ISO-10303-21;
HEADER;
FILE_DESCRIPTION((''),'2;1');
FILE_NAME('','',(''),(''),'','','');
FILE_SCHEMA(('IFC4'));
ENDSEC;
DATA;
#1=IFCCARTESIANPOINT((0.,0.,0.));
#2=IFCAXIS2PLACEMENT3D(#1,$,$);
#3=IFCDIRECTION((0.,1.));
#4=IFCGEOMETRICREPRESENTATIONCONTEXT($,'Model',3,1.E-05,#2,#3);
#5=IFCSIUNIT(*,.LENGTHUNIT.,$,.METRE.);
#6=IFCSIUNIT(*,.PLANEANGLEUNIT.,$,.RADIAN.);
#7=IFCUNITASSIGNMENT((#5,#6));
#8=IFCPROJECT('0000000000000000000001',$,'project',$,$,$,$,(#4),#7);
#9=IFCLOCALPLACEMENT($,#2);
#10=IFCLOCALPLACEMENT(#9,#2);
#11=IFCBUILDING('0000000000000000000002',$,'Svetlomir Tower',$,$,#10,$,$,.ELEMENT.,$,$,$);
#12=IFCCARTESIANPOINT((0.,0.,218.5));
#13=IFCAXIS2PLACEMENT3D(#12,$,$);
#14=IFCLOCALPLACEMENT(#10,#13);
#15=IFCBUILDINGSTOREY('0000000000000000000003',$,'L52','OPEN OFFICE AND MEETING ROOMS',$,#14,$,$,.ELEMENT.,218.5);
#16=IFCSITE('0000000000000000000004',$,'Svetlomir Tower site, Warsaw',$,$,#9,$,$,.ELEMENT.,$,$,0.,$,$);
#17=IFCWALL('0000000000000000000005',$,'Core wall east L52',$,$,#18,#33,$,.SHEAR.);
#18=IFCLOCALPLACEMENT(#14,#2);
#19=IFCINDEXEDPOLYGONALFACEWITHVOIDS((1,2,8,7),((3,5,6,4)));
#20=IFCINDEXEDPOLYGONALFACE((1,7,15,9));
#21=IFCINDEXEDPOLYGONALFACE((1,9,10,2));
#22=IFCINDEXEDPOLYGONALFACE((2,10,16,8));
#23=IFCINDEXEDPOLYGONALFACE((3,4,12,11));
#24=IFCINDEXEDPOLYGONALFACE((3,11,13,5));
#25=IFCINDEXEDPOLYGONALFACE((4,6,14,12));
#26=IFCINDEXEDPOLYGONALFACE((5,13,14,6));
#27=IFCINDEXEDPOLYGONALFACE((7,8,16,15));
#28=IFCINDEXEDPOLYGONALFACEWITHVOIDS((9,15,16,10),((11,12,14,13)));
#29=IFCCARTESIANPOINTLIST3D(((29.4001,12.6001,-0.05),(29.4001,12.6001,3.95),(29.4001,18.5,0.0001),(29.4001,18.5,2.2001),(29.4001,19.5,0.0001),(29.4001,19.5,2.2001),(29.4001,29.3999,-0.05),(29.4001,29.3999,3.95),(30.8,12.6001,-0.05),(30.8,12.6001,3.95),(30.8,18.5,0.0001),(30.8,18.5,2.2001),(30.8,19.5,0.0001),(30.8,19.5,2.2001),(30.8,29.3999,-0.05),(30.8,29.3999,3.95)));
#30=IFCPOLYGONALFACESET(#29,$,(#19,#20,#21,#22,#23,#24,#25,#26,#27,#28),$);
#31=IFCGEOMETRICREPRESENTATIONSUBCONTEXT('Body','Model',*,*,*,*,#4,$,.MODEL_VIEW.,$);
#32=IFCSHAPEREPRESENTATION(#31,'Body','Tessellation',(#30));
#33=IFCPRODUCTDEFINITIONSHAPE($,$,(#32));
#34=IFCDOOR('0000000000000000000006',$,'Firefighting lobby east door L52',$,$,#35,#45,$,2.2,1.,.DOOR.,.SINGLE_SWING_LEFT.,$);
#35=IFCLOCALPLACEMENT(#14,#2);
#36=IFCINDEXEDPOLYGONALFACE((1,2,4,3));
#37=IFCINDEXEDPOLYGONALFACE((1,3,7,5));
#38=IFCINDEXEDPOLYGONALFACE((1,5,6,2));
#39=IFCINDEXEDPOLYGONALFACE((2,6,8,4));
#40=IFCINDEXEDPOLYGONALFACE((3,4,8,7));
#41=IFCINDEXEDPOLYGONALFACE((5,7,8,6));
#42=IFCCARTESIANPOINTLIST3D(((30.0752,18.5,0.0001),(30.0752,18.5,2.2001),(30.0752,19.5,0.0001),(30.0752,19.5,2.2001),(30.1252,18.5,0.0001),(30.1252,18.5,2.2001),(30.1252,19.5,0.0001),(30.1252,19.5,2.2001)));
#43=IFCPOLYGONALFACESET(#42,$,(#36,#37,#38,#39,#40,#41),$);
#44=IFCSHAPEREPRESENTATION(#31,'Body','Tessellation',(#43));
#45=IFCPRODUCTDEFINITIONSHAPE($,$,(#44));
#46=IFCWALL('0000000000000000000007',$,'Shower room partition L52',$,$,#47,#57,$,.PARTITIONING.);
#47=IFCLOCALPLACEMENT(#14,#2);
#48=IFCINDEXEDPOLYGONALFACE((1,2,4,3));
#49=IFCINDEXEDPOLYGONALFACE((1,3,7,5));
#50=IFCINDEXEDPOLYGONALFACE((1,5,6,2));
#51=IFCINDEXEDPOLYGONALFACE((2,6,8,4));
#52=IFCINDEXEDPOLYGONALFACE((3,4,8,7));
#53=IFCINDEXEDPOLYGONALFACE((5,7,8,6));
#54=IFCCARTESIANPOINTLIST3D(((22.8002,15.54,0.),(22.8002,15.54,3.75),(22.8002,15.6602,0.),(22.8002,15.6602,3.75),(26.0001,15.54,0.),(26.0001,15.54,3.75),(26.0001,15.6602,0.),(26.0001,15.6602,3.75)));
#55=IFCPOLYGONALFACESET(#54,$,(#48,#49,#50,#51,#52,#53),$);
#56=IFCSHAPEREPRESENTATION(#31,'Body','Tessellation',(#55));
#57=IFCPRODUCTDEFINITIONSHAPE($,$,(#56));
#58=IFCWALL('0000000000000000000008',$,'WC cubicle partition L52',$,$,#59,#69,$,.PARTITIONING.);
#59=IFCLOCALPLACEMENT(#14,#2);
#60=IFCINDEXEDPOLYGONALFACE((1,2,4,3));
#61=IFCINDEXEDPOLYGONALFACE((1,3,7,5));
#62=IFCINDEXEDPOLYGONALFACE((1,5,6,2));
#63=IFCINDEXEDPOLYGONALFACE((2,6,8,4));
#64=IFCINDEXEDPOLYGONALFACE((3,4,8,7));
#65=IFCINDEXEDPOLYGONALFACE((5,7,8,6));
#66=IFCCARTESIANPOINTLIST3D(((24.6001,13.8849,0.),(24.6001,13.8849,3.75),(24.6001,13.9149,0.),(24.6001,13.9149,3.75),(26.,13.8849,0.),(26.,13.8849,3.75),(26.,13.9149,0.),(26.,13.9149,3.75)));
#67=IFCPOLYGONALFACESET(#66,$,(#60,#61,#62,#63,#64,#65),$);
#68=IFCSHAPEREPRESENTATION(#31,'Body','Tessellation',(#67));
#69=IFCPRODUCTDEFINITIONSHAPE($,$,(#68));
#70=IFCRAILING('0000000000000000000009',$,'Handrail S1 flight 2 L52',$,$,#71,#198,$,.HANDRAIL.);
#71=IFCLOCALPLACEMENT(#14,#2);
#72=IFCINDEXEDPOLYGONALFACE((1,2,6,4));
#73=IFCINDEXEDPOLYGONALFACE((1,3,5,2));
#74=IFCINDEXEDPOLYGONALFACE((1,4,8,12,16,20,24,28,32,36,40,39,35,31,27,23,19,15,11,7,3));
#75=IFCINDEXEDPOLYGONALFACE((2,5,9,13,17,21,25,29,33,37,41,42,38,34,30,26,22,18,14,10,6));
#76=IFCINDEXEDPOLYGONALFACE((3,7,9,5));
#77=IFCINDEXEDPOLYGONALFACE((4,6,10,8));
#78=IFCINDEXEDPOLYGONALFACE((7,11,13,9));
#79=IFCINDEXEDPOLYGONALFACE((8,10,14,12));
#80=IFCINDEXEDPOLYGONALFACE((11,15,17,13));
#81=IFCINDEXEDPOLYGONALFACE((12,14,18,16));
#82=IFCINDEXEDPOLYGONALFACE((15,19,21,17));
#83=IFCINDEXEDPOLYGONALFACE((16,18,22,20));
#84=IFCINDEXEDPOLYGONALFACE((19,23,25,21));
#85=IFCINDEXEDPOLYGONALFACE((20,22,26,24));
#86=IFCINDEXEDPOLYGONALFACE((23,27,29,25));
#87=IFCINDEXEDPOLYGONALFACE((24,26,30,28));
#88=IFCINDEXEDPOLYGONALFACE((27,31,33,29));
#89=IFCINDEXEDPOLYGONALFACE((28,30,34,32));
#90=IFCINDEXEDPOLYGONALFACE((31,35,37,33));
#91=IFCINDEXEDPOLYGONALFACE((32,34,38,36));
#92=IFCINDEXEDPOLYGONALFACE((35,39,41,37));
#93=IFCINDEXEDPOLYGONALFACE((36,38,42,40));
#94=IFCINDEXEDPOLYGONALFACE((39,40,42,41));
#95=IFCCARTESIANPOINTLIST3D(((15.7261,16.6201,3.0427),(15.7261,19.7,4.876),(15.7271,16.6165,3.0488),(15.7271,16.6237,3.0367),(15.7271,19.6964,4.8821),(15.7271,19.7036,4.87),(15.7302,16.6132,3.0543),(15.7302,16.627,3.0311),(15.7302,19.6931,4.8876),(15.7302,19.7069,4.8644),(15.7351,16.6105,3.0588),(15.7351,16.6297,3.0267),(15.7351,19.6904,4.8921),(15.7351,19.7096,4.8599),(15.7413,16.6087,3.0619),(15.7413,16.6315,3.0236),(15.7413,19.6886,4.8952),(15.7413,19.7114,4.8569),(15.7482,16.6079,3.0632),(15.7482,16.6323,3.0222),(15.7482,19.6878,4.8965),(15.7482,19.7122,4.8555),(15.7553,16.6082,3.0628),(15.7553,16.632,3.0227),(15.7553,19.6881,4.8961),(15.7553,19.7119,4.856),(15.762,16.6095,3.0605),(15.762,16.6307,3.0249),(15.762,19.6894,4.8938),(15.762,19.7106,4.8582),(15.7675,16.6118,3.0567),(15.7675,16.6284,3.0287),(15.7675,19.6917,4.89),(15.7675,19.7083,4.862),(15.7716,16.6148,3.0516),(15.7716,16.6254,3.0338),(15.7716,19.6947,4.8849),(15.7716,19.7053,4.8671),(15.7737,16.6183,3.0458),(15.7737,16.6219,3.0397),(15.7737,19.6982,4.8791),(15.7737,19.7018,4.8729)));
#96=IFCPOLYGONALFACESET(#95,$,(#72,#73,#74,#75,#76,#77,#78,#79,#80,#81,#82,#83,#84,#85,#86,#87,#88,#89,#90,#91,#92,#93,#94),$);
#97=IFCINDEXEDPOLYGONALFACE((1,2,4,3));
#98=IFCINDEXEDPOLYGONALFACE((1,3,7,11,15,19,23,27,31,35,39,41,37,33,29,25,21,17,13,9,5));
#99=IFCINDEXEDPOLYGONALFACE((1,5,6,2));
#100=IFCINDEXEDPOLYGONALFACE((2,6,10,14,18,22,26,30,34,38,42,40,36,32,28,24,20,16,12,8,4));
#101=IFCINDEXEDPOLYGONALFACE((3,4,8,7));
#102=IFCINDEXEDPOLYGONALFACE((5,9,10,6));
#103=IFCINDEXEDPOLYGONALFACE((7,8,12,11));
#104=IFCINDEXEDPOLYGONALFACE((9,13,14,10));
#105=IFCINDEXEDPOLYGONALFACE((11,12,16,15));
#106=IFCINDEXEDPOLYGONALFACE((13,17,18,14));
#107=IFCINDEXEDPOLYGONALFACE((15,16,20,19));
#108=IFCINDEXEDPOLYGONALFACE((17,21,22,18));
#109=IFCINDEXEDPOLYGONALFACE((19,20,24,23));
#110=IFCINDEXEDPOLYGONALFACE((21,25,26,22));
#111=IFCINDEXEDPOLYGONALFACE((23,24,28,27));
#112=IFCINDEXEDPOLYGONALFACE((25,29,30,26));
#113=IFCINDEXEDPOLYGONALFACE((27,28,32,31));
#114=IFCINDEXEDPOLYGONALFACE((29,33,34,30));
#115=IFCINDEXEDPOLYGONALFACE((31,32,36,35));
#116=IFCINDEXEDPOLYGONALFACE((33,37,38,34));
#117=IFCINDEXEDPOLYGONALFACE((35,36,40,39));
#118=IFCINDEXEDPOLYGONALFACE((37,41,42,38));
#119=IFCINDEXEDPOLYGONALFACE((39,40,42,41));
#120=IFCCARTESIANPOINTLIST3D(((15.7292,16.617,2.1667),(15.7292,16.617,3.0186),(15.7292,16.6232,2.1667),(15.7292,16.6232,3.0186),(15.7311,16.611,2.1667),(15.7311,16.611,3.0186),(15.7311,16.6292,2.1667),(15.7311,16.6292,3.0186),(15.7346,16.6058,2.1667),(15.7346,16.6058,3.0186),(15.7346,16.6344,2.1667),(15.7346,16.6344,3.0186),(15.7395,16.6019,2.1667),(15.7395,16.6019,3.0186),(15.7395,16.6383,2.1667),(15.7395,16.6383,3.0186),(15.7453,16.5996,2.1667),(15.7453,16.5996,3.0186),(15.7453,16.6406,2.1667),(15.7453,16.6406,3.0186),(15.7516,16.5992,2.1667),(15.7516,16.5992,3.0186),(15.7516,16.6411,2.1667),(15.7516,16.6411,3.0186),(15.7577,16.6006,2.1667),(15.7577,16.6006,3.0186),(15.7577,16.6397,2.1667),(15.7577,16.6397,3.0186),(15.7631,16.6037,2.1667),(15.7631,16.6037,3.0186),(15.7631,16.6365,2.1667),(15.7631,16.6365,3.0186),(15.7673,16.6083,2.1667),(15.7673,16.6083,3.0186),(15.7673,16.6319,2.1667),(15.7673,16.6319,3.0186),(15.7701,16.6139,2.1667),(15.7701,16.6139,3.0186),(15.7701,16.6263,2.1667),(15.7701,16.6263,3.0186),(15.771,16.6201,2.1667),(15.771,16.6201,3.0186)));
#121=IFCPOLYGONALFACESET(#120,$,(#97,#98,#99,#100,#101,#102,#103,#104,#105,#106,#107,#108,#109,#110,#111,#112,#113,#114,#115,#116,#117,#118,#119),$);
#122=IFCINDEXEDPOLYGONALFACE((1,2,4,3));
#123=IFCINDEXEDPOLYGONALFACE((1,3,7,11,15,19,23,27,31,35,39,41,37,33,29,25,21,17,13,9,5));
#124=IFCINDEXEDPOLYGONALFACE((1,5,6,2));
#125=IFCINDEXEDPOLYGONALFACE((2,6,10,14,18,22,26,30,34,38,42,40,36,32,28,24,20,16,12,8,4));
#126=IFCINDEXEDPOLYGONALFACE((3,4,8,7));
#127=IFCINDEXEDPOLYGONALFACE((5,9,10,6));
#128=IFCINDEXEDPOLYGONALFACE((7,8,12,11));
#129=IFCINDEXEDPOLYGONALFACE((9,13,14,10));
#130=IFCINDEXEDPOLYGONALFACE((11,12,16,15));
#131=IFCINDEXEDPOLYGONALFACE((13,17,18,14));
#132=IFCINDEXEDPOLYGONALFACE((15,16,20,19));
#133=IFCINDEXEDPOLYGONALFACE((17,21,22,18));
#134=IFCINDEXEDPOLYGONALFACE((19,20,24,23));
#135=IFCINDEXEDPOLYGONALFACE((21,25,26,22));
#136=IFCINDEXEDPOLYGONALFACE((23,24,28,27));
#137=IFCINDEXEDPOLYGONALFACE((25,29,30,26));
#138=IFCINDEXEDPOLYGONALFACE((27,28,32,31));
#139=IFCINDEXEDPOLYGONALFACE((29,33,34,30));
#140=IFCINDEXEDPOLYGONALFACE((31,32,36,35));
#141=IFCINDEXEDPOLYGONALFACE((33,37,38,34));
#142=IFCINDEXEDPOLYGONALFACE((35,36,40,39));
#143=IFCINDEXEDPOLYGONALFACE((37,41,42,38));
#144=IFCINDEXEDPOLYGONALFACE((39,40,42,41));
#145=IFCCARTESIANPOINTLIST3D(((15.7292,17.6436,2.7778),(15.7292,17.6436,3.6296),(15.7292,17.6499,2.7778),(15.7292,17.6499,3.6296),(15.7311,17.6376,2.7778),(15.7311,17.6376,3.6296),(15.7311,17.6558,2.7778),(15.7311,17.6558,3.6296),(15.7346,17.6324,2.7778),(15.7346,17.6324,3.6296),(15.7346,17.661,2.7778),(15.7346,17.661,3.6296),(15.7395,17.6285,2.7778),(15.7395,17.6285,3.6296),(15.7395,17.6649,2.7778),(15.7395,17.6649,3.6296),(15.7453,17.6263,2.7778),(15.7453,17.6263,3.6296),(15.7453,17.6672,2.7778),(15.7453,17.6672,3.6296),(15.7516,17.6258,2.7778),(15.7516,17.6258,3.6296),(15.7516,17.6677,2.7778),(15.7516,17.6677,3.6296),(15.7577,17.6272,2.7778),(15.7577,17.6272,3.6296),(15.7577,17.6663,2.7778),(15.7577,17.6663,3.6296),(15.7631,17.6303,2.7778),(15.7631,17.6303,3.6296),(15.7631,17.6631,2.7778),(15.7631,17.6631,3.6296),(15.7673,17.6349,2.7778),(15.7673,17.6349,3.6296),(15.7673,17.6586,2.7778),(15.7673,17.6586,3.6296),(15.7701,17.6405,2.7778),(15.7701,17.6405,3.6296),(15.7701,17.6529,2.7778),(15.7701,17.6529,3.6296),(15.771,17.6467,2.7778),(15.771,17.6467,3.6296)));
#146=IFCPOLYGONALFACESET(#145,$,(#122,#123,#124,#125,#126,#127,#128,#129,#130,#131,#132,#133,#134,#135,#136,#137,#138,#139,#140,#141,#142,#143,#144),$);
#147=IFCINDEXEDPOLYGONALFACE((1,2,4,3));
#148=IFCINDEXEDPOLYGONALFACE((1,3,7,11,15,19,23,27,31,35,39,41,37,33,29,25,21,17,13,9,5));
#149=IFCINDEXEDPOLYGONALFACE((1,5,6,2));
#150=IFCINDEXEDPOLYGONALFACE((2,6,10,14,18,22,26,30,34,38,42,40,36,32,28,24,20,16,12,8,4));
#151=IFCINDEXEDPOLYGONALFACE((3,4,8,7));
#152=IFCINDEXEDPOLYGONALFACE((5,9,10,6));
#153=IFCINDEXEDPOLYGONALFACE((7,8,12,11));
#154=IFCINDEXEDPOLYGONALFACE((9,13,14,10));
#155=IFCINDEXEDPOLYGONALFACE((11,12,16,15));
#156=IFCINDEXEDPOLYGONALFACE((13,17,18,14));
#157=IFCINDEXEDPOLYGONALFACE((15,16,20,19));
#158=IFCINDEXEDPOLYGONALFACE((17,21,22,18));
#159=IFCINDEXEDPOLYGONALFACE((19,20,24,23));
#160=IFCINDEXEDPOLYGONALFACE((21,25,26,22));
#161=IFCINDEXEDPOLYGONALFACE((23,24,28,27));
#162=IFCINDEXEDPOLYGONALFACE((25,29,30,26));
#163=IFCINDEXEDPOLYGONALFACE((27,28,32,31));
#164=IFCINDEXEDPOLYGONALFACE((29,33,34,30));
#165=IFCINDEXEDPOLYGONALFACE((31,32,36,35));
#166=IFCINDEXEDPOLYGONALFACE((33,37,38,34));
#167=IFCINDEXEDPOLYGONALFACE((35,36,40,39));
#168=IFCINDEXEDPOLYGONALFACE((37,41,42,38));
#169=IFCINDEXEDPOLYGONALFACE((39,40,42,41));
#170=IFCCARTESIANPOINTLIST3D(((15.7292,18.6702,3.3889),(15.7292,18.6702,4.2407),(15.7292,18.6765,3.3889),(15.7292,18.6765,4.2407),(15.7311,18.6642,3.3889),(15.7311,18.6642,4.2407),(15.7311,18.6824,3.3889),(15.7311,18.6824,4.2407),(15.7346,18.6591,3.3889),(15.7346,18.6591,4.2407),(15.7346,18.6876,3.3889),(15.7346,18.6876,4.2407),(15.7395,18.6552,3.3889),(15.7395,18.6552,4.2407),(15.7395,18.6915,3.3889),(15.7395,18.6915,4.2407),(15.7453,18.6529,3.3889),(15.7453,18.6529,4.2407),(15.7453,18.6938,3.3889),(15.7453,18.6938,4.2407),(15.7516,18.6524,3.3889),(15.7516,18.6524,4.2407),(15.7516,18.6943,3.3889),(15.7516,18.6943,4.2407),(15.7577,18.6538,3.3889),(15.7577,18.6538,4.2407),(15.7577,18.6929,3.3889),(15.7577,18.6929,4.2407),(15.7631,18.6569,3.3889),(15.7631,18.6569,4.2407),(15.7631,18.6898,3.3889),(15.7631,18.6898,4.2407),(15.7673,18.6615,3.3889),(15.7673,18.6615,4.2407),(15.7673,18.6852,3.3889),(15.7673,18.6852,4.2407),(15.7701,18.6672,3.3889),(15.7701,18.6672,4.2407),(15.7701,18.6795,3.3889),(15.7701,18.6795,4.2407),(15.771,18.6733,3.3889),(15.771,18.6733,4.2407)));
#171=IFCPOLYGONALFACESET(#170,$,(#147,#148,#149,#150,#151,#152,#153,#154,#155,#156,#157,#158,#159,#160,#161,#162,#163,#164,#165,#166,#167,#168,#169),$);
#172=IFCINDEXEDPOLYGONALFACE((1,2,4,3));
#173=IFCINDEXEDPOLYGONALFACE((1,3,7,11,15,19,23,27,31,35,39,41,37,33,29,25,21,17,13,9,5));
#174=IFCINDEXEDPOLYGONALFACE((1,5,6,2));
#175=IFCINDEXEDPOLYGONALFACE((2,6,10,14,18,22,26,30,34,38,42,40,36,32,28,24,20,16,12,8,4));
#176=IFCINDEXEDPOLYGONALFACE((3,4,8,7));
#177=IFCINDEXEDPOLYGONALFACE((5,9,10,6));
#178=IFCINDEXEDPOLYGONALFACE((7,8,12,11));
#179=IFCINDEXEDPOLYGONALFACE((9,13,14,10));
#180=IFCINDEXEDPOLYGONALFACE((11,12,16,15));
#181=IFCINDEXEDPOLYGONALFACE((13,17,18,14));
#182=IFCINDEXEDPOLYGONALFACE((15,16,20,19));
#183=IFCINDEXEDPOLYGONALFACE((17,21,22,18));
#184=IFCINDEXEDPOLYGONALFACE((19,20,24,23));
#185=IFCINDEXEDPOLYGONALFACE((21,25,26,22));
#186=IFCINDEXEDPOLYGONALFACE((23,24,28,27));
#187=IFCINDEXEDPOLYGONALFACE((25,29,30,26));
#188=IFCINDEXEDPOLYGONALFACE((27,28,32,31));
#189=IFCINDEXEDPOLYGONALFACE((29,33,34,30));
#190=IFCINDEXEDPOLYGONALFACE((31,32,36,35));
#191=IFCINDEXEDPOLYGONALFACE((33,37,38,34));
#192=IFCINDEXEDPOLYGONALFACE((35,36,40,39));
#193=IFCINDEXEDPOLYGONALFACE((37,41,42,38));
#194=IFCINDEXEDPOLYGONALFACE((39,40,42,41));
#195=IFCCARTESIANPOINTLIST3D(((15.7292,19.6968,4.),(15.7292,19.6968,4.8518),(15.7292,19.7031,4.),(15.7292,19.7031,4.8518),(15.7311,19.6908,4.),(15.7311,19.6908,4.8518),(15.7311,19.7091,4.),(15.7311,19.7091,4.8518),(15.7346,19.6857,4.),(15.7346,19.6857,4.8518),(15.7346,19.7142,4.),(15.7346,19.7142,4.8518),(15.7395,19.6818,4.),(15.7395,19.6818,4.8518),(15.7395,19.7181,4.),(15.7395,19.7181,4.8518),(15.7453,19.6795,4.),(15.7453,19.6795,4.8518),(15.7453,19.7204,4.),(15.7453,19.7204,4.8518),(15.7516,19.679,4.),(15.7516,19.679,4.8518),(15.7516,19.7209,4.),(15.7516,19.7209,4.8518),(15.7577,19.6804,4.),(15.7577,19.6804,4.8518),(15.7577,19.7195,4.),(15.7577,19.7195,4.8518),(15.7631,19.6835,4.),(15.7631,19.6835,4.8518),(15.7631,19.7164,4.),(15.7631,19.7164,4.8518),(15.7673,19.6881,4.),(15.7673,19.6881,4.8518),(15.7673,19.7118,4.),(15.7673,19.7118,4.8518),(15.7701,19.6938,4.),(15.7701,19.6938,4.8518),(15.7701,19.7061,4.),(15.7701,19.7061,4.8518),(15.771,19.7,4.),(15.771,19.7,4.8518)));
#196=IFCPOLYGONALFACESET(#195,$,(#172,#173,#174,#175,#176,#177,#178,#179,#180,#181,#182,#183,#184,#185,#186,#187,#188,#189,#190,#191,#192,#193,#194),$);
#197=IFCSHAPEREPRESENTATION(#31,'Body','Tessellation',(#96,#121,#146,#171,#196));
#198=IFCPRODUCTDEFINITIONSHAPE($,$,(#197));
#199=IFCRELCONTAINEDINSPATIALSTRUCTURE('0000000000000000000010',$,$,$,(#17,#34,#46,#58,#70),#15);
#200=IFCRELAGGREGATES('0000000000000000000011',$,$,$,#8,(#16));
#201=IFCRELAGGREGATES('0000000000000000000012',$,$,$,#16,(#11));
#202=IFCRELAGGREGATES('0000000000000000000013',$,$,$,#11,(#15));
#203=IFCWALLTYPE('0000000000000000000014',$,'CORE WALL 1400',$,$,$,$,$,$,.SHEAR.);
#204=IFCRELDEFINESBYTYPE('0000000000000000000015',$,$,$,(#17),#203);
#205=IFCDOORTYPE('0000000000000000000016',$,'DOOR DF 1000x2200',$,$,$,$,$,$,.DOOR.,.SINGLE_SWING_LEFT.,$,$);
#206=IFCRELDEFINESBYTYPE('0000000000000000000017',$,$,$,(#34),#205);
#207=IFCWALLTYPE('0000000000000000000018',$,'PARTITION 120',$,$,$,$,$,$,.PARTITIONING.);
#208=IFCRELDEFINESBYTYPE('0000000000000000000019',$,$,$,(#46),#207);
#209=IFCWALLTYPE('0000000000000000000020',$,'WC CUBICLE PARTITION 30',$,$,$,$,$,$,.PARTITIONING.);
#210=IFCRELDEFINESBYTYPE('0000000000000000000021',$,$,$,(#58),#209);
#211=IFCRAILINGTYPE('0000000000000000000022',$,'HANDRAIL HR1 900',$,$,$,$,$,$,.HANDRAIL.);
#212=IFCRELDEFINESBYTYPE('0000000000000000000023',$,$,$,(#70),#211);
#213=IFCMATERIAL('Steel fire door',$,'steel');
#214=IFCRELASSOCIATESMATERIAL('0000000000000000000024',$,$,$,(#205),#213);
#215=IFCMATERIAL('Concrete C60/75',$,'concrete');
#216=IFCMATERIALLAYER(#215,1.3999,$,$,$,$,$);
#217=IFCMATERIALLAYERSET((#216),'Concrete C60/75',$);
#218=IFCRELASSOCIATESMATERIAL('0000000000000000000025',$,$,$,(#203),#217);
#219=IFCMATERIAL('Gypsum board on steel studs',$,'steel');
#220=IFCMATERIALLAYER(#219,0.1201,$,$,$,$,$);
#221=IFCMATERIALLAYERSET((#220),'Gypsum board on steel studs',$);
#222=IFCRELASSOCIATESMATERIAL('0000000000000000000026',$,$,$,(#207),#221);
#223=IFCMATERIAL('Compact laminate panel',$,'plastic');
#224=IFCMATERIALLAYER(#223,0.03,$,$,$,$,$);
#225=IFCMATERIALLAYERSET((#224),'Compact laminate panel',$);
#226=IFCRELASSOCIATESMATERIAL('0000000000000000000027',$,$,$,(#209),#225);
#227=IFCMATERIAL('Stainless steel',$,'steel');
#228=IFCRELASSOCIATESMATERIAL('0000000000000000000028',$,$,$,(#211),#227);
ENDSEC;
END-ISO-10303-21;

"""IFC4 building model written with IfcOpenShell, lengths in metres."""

from ifc_helpers import new_model, si_unit, direction, frame, frame_2d, origin, origin_2d, place, context, subcontext, project, spatial, rectangle, circle, extrude, material, layer, layer_set, type_object, element, fill, save


model = new_model("IFC4")

# Units and contexts
model_context = context("Model", 3, precision=1e-05, world=origin(), true_north=direction((0.0, 1.0)))
body_context = subcontext(model_context, "Body", "Model", "MODEL_VIEW")
ifc_project = project(units=[si_unit("LENGTHUNIT", "METRE"), si_unit("PLANEANGLEUNIT", "RADIAN")], contexts=[model_context])

# Site, building, storey
site_placement = place(None, origin())
site = spatial("IfcSite", under=ifc_project, at=site_placement, Name="Svetlomir Tower site, Warsaw", CompositionType="ELEMENT", RefElevation=0.0)
building_placement = place(site_placement, origin())
building = spatial("IfcBuilding", under=site, at=building_placement, Name="Svetlomir Tower", CompositionType="ELEMENT")
storey_placement = place(building_placement, frame((0.0, 0.0, 218.5)))
storey = spatial("IfcBuildingStorey", under=building, at=storey_placement, Name="L52", Description="OPEN OFFICE AND MEETING ROOMS", CompositionType="ELEMENT", Elevation=218.5)

# Shared definitions
ifc_material_1 = material(Name="Steel fire door", Category="steel")
door_type_1 = type_object("IfcDoorType", Name="DOOR DF 1000x2200", OperationType="SINGLE_SWING_LEFT", PredefinedType="DOOR", material=ifc_material_1)

# Wall, opening, door
ifc_material_2 = material(Name="Concrete C60/75", Category="concrete")
ifc_layer_1 = layer(ifc_material_2, 1.3999)
ifc_layer_set_1 = layer_set([ifc_layer_1], Name="Concrete C60/75")
wall_type_1 = type_object("IfcWallType", Name="CORE WALL 1400", PredefinedType="SHEAR", material=ifc_layer_set_1)
wall_1_placement = place(storey_placement, frame((30.1001, 12.6001, -0.05), z_axis=(0.0, 0.0, 1.0), x_axis=(0.0, 1.0, 0.0)))
wall_1 = element("IfcWall", 1, at=wall_1_placement, inside=storey, type_object=wall_type_1, Name="Core wall east L52", PredefinedType="SHEAR", context=body_context, shape_type="SweptSolid", body=[
    extrude(rectangle(XDim=16.7998, YDim=1.3999, at=frame_2d((8.3999, 0.0))), origin(), (0.0, 0.0, 1.0), 4.0),
])
opening_1_placement = place(wall_1_placement, frame((5.8999, 0.0, 0.05)))
opening_1 = element("IfcOpeningElement", 2, at=opening_1_placement, cuts=wall_1, PredefinedType="OPENING", context=body_context, shape_type="SweptSolid", body=[
    extrude(rectangle(XDim=1.0, YDim=2.2, at=frame_2d((0.5, 1.1001))), frame((0.0, 0.71, 0.0), z_axis=(0.0, -1.0, 0.0), x_axis=(1.0, 0.0, 0.0)), (0.0, 0.0, 1.0), 1.4199),
])
door_1_placement = place(opening_1_placement, origin())
door_1 = element("IfcDoor", 3, at=door_1_placement, inside=storey, type_object=door_type_1, Name="Firefighting lobby east door L52", OperationType="SINGLE_SWING_LEFT", OverallHeight=2.2, OverallWidth=1.0, PredefinedType="DOOR", context=body_context, shape_type="SweptSolid", body=[
    extrude(rectangle(XDim=1.0, YDim=2.2, at=frame_2d((0.5, 1.1001))), frame((0.0, 0.0249, 0.0), z_axis=(0.0, -1.0, 0.0), x_axis=(1.0, 0.0, 0.0)), (0.0, 0.0, 1.0), 0.05),
])
fill(opening_1, door_1)

# Walls
ifc_material_3 = material(Name="Gypsum board on steel studs", Category="steel")
ifc_layer_2 = layer(ifc_material_3, 0.1201)
ifc_layer_set_2 = layer_set([ifc_layer_2], Name="Gypsum board on steel studs")
wall_type_2 = type_object("IfcWallType", Name="PARTITION 120", PredefinedType="PARTITIONING", material=ifc_layer_set_2)
wall_2_placement = place(storey_placement, frame((22.8, 15.6001, 0.0), z_axis=(0.0, 0.0, 1.0), x_axis=(1.0, 0.0, 0.0)))
element("IfcWall", 4, at=wall_2_placement, inside=storey, type_object=wall_type_2, Name="Shower room partition L52", PredefinedType="PARTITIONING", context=body_context, shape_type="SweptSolid", body=[
    extrude(rectangle(XDim=3.2, YDim=0.1201, at=frame_2d((1.6001, 0.0))), origin(), (0.0, 0.0, 1.0), 3.75),
])
ifc_material_4 = material(Name="Compact laminate panel", Category="plastic")
ifc_layer_3 = layer(ifc_material_4, 0.03)
ifc_layer_set_3 = layer_set([ifc_layer_3], Name="Compact laminate panel")
wall_type_3 = type_object("IfcWallType", Name="WC CUBICLE PARTITION 30", PredefinedType="PARTITIONING", material=ifc_layer_set_3)
wall_3_placement = place(storey_placement, frame((24.6001, 13.8999, 0.0), z_axis=(0.0, 0.0, 1.0), x_axis=(1.0, 0.0, 0.0)))
element("IfcWall", 5, at=wall_3_placement, inside=storey, type_object=wall_type_3, Name="WC cubicle partition L52", PredefinedType="PARTITIONING", context=body_context, shape_type="SweptSolid", body=[
    extrude(rectangle(XDim=1.3999, YDim=0.03, at=frame_2d((0.7, 0.0))), origin(), (0.0, 0.0, 1.0), 3.75),
])

# Railing
ifc_material_5 = material(Name="Stainless steel", Category="steel")
railing_type = type_object("IfcRailingType", Name="HANDRAIL HR1 900", PredefinedType="HANDRAIL", material=ifc_material_5)
railing_placement = place(storey_placement, frame((15.75, 16.6201, 2.1667)))
element("IfcRailing", 6, at=railing_placement, inside=storey, type_object=railing_type, Name="Handrail S1 flight 2 L52", PredefinedType="HANDRAIL", context=body_context, shape_type="SweptSolid", body=[
    extrude(circle(Radius=0.0239, at=origin_2d()), frame((0.0, 0.0, 0.876), z_axis=(0.0, 0.859291, 0.511487), x_axis=(-1.0, 0.0, 0.0)), (0.0, 0.0, 1.0), 3.5842),
    extrude(circle(Radius=0.021, at=origin_2d()), origin(), (0.0, 0.0, 1.0), 0.8518),
    extrude(circle(Radius=0.021, at=origin_2d()), frame((0.0, 1.0266, 0.6111)), (0.0, 0.0, 1.0), 0.8518),
    extrude(circle(Radius=0.021, at=origin_2d()), frame((0.0, 2.0532, 1.2222)), (0.0, 0.0, 1.0), 0.8518),
    extrude(circle(Radius=0.021, at=origin_2d()), frame((0.0, 3.0798, 1.8333)), (0.0, 0.0, 1.0), 0.8518),
])

save(model, "model.ifc")
